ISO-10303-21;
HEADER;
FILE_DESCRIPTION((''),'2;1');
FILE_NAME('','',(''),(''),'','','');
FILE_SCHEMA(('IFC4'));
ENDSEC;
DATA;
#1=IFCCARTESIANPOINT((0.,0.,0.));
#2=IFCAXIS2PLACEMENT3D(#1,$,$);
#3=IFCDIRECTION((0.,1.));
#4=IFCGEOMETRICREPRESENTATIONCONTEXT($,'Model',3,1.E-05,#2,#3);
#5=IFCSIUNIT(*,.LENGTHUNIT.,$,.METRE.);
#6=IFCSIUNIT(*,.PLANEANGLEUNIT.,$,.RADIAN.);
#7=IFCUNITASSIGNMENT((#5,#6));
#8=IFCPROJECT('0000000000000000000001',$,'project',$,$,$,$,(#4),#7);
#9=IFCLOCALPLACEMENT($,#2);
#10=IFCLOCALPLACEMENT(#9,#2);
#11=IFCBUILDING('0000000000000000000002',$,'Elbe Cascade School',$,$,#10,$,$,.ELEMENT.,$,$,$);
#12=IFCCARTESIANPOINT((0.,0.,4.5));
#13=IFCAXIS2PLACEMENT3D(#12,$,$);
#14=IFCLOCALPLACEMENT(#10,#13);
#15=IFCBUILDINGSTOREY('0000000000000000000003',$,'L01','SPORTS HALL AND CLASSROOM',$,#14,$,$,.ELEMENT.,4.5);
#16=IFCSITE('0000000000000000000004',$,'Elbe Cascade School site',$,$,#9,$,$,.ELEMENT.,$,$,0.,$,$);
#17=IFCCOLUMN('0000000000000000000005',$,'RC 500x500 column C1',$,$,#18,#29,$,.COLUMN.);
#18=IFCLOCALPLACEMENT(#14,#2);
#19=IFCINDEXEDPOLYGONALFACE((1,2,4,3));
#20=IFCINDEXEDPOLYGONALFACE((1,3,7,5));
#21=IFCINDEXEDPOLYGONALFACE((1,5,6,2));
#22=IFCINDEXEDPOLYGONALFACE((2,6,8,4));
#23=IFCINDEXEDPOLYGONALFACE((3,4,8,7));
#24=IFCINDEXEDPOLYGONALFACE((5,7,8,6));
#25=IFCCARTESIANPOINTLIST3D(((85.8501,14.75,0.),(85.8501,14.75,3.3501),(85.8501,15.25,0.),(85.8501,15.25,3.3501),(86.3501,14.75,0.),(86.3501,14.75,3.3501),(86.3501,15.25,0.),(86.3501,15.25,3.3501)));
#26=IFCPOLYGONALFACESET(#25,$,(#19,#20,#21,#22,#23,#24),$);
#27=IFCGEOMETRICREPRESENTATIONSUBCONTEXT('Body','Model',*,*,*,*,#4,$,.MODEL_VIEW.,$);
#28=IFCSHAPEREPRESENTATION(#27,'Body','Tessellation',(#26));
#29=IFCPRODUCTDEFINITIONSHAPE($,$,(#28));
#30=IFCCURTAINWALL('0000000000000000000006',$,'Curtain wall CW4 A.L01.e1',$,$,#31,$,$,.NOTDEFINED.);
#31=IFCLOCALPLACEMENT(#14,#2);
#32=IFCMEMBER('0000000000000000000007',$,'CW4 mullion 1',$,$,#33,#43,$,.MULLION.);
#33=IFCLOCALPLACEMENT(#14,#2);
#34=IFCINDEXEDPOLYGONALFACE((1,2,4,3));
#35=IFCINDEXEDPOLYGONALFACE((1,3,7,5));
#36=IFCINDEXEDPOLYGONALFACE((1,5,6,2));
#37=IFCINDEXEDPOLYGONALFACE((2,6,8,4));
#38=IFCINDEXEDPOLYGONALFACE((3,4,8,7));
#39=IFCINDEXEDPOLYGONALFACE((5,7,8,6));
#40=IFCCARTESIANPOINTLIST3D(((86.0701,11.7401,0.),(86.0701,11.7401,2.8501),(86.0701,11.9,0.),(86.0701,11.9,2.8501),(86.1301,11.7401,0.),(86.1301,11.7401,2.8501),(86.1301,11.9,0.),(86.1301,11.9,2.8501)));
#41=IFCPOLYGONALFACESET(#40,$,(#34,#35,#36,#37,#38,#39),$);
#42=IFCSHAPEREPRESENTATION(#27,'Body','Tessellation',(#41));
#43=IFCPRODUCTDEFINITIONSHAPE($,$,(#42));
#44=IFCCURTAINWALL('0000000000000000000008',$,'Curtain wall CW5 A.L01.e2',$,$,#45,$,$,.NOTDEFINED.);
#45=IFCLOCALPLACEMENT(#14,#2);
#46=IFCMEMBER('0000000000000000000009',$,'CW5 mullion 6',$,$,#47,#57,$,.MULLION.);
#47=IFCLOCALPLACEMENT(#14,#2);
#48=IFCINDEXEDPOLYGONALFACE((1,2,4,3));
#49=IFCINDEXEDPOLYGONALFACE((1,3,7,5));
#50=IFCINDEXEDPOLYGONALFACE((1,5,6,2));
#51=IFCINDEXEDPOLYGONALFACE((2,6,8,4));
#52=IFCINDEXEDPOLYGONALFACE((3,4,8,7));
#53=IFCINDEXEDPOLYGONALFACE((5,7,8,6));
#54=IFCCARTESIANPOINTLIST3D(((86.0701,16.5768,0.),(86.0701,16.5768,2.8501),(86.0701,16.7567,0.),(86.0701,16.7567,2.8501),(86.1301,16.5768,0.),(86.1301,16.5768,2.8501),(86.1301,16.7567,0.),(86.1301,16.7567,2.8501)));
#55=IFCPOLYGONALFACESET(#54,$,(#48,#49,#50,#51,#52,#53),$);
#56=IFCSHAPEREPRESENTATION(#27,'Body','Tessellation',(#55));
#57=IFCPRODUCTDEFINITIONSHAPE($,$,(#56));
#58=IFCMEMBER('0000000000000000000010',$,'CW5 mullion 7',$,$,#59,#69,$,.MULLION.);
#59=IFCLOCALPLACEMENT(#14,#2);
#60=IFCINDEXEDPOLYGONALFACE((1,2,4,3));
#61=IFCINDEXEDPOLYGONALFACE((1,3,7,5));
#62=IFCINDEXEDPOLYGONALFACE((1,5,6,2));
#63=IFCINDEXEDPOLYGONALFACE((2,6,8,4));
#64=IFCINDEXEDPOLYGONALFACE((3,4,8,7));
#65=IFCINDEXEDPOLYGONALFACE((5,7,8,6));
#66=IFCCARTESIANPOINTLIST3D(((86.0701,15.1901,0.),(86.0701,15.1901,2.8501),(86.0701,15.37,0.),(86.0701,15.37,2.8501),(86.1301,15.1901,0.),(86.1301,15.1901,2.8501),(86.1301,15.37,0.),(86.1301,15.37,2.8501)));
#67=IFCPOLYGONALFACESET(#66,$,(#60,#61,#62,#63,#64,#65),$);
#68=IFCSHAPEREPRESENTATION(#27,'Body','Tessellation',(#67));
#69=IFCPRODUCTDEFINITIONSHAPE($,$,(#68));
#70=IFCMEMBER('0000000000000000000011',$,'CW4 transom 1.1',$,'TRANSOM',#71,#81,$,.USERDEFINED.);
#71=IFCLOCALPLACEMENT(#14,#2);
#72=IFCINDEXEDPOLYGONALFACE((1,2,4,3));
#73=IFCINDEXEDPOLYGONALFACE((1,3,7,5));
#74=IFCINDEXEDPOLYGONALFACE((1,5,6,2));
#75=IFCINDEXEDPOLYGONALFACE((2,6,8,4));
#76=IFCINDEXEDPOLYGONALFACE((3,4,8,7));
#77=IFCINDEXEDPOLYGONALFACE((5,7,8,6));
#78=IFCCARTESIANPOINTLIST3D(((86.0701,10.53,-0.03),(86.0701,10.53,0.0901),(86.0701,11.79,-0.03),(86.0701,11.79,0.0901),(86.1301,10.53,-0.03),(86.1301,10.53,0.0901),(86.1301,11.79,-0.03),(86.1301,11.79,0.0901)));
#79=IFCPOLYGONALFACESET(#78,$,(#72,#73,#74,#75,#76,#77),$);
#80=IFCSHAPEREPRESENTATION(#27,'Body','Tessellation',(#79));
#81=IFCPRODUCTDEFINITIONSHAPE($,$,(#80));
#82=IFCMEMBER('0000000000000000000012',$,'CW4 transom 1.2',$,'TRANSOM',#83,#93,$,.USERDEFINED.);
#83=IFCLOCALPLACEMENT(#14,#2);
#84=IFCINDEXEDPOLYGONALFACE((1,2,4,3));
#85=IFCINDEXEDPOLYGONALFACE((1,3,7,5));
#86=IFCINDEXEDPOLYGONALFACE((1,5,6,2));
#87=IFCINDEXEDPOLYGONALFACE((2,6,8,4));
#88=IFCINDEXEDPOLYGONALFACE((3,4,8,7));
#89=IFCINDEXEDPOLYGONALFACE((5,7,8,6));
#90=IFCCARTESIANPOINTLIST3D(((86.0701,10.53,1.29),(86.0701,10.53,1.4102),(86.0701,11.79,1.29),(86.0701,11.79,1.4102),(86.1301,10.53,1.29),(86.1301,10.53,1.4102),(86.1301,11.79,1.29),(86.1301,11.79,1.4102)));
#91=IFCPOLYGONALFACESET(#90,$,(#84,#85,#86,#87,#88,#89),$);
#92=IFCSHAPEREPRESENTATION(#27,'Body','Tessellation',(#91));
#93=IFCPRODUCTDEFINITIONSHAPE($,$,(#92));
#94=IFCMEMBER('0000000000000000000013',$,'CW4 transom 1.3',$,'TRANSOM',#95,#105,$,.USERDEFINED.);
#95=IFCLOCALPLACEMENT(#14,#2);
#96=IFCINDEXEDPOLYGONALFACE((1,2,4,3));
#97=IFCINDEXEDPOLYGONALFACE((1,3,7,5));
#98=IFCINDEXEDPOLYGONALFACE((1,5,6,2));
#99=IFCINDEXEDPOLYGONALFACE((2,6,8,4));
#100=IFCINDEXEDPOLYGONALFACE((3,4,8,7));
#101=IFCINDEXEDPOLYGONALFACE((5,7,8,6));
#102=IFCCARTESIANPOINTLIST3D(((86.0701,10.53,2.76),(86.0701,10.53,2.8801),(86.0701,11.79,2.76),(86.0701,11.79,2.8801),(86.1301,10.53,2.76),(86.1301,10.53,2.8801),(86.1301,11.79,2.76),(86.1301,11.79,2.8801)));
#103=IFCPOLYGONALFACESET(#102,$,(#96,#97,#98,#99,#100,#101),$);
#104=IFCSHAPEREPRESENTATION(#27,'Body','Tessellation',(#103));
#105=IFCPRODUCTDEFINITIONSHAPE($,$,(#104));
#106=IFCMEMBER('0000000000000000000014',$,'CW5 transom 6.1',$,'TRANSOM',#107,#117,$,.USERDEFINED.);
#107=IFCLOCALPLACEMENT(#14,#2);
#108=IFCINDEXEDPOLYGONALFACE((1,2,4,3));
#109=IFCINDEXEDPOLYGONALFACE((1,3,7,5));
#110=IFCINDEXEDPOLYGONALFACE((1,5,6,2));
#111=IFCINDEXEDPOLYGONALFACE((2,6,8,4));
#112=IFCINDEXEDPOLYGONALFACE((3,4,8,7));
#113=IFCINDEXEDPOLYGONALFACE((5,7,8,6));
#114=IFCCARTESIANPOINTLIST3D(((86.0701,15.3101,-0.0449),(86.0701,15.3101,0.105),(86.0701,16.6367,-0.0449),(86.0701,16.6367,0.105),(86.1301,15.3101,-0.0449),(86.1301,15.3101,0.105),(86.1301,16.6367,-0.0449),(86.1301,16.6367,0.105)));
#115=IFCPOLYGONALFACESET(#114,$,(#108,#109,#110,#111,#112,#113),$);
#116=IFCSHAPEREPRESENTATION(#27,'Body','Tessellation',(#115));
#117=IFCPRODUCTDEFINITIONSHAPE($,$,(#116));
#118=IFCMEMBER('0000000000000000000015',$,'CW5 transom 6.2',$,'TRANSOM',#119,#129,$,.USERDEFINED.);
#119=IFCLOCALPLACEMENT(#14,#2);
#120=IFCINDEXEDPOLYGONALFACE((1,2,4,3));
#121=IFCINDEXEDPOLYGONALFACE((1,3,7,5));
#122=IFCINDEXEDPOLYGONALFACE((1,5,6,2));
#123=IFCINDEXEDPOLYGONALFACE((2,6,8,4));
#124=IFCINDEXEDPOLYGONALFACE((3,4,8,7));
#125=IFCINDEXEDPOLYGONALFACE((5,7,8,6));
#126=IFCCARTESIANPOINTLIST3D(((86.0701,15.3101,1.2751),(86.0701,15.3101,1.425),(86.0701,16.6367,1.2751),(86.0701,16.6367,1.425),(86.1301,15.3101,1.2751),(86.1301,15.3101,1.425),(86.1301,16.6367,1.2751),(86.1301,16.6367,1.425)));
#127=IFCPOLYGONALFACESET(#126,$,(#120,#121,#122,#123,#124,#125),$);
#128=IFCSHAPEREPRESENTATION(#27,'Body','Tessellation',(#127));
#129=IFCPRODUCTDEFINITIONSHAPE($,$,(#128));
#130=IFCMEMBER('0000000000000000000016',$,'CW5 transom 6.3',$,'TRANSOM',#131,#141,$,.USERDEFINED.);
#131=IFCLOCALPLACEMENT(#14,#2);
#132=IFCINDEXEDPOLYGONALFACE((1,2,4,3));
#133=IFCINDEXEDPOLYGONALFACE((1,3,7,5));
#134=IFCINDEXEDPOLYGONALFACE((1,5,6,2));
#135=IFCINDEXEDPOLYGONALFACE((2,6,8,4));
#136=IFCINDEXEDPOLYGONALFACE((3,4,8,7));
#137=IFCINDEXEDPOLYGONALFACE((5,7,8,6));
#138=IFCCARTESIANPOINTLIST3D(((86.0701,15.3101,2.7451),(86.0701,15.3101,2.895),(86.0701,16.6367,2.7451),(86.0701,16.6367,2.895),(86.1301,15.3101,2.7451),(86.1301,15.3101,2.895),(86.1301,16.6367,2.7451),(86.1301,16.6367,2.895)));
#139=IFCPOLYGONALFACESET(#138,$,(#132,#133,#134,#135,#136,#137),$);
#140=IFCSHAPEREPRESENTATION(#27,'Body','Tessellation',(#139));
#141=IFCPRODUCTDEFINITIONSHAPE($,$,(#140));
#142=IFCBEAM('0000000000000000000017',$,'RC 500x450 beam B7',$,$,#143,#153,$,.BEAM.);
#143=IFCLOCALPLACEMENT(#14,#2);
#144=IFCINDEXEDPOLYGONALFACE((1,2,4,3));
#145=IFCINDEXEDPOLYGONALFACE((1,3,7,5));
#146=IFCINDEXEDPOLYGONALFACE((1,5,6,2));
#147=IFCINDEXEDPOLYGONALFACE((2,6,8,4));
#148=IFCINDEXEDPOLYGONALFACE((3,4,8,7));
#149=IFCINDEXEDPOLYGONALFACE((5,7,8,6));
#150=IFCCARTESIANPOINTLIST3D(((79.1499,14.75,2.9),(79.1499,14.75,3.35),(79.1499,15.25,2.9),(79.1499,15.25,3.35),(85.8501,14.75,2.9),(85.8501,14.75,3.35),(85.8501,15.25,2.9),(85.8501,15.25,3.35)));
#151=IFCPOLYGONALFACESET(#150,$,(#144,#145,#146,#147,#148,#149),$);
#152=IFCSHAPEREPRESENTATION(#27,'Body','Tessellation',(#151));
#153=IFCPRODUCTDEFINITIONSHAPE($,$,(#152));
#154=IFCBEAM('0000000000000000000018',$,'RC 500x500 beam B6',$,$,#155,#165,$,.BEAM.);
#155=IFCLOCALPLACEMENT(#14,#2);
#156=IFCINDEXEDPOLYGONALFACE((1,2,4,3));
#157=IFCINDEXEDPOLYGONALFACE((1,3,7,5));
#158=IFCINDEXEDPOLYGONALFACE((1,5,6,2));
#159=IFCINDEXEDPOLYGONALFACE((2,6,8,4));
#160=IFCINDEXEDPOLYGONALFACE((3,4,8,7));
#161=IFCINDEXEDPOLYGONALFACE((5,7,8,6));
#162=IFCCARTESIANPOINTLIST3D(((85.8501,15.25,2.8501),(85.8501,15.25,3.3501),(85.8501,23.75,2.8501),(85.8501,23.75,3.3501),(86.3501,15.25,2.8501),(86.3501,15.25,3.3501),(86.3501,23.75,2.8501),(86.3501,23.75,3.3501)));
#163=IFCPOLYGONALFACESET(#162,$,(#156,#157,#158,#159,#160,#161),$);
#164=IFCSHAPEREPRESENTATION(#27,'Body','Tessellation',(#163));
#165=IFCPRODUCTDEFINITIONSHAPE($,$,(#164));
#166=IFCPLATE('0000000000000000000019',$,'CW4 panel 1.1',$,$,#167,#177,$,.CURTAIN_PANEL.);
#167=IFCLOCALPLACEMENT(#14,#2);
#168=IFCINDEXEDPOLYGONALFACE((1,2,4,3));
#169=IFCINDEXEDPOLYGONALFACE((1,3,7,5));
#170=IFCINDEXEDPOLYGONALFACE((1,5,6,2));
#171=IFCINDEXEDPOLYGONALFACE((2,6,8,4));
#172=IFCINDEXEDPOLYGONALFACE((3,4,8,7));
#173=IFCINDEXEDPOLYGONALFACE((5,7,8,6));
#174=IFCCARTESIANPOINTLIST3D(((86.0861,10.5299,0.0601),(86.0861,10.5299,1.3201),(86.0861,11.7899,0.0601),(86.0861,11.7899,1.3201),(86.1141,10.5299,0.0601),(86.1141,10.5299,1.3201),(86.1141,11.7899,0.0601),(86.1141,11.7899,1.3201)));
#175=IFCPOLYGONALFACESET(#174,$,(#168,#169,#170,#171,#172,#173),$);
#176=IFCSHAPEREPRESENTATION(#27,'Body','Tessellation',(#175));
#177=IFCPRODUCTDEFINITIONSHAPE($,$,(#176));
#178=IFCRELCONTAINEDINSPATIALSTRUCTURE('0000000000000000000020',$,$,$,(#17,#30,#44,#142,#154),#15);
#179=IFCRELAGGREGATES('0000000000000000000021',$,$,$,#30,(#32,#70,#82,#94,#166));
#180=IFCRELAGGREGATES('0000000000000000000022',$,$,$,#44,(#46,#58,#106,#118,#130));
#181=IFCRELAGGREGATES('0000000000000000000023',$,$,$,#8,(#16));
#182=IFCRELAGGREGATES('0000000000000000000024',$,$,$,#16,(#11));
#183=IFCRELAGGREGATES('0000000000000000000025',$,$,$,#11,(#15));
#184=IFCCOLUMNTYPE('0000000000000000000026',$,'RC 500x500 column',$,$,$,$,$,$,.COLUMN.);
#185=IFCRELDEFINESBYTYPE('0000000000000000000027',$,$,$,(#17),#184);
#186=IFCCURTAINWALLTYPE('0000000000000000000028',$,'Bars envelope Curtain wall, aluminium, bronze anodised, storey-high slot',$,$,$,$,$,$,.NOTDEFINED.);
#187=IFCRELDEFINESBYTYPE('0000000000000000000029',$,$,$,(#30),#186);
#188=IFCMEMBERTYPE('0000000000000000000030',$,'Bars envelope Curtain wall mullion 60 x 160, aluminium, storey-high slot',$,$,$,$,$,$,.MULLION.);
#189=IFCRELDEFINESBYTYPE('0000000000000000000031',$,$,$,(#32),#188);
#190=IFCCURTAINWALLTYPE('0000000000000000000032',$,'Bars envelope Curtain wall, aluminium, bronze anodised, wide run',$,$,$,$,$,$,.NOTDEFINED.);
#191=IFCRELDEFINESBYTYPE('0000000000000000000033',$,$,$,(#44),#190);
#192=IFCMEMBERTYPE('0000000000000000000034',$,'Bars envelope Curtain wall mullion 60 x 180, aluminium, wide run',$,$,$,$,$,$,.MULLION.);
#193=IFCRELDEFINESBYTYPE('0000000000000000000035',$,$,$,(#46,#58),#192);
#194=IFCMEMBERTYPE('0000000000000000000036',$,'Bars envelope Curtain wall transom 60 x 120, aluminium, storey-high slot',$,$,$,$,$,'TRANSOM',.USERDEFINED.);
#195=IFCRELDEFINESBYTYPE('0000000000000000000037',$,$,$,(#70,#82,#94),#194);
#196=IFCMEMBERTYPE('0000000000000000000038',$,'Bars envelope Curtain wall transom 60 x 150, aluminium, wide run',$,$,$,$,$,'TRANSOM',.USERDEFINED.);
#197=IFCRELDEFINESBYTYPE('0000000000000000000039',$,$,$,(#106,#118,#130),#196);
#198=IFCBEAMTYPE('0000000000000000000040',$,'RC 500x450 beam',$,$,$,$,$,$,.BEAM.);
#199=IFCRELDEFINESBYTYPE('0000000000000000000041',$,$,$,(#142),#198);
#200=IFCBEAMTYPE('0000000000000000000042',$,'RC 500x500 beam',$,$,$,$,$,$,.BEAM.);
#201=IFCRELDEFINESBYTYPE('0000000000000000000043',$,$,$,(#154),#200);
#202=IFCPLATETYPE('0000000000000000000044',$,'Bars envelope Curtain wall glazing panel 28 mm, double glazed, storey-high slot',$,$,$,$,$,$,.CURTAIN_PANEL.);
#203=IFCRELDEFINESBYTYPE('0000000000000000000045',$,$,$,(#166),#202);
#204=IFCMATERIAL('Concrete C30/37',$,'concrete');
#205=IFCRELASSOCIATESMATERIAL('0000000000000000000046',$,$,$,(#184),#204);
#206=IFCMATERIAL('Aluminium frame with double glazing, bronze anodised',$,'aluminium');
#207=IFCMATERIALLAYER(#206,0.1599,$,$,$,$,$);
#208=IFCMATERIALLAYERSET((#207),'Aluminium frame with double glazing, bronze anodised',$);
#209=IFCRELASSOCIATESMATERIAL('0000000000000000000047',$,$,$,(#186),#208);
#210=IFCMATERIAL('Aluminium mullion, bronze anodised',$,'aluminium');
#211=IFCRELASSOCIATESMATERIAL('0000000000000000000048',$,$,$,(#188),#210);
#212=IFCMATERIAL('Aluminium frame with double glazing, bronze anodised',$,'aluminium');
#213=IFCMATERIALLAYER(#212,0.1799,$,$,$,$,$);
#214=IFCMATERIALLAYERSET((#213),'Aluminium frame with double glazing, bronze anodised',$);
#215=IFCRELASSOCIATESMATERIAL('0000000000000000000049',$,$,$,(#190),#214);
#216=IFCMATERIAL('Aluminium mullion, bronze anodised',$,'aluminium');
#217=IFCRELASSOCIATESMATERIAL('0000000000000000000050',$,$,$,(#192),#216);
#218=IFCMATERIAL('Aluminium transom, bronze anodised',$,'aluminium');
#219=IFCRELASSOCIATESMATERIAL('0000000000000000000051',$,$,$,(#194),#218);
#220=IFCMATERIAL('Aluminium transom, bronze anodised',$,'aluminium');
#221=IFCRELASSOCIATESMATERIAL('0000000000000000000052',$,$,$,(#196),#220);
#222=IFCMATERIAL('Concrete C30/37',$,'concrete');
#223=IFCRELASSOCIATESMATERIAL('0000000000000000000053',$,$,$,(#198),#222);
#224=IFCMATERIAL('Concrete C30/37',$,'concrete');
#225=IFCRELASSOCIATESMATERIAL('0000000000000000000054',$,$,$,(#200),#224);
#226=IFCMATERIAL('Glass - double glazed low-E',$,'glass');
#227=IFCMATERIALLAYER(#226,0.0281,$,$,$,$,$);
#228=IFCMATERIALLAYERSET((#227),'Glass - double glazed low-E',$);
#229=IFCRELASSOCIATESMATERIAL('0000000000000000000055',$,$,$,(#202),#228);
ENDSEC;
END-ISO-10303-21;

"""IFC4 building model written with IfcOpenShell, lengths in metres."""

from ifc_helpers import new_model, si_unit, direction, frame, origin, origin_2d, place, context, subcontext, project, spatial, rectangle, extrude, material, layer, layer_set, material_profile, profile_set, type_object, element, aggregate, save


model = new_model("IFC4")

# Units and contexts
model_context = context("Model", 3, precision=1e-05, world=origin(), true_north=direction((0.0, 1.0)))
body_context = subcontext(model_context, "Body", "Model", "MODEL_VIEW")
ifc_project = project(units=[si_unit("LENGTHUNIT", "METRE"), si_unit("PLANEANGLEUNIT", "RADIAN")], contexts=[model_context])

# Site, building, storey
site_placement = place(None, origin())
site = spatial("IfcSite", under=ifc_project, at=site_placement, Name="Elbe Cascade School site", CompositionType="ELEMENT", RefElevation=0.0)
building_placement = place(site_placement, origin())
building = spatial("IfcBuilding", under=site, at=building_placement, Name="Elbe Cascade School", CompositionType="ELEMENT")
storey_placement = place(building_placement, frame((0.0, 0.0, 4.5)))
storey = spatial("IfcBuildingStorey", under=building, at=storey_placement, Name="L01", Description="SPORTS HALL AND CLASSROOM", CompositionType="ELEMENT", Elevation=4.5)

# Column
ifc_material_1 = material(Name="Concrete C30/37", Category="concrete")
ifc_material_profile_1 = material_profile(ifc_material_1, rectangle(XDim=0.5, YDim=0.5, at=origin_2d()), Name="RC 500x500")
ifc_profile_set_1 = profile_set([ifc_material_profile_1], Name="Concrete C30/37")
column_type = type_object("IfcColumnType", Name="RC 500x500 column", PredefinedType="COLUMN", material=ifc_profile_set_1)
column_placement = place(storey_placement, frame((86.1001, 15.0, 0.0), z_axis=(0.0, 0.0, 1.0), x_axis=(1.0, 0.0, 0.0)))
element("IfcColumn", 1, at=column_placement, inside=storey, type_object=column_type, Name="RC 500x500 column C1", PredefinedType="COLUMN", context=body_context, shape_type="SweptSolid", body=[
    extrude(rectangle(XDim=0.5, YDim=0.5, at=origin_2d()), origin(), (0.0, 0.0, 1.0), 3.3501),
])

# Curtain wall, member
ifc_material_2 = material(Name="Aluminium frame with double glazing, bronze anodised", Category="aluminium")
ifc_layer_1 = layer(ifc_material_2, 0.1599)
ifc_layer_set_1 = layer_set([ifc_layer_1], Name="Aluminium frame with double glazing, bronze anodised")
curtain_wall_type_1 = type_object("IfcCurtainWallType", Name="Bars envelope Curtain wall, aluminium, bronze anodised, storey-high slot", PredefinedType="NOTDEFINED", material=ifc_layer_set_1)
curtain_wall_1_placement = place(storey_placement, origin())
curtain_wall_1 = element("IfcCurtainWall", 2, at=curtain_wall_1_placement, inside=storey, type_object=curtain_wall_type_1, Name="Curtain wall CW4 A.L01.e1", PredefinedType="NOTDEFINED")
ifc_material_3 = material(Name="Aluminium mullion, bronze anodised", Category="aluminium")
ifc_material_profile_2 = material_profile(ifc_material_3, rectangle(XDim=0.0601, YDim=0.1599, at=origin_2d()), Name="Bars envelope Curtain wall mullion 60 x 160, aluminium, storey-high slot")
ifc_profile_set_2 = profile_set([ifc_material_profile_2], Name="Aluminium mullion, bronze anodised")
member_type_1 = type_object("IfcMemberType", Name="Bars envelope Curtain wall mullion 60 x 160, aluminium, storey-high slot", PredefinedType="MULLION", material=ifc_profile_set_2)
member_1_placement = place(storey_placement, frame((86.1001, 11.8201, 0.0), z_axis=(0.0, 0.0, 1.0), x_axis=(1.0, 0.0, 0.0)))
member_1 = element("IfcMember", 3, at=member_1_placement, type_object=member_type_1, Name="CW4 mullion 1", PredefinedType="MULLION", context=body_context, shape_type="SweptSolid", body=[
    extrude(rectangle(XDim=0.0601, YDim=0.1599, at=origin_2d()), origin(), (0.0, 0.0, 1.0), 2.8501),
])

# Curtain wall, members
ifc_material_4 = material(Name="Aluminium frame with double glazing, bronze anodised", Category="aluminium")
ifc_layer_2 = layer(ifc_material_4, 0.1799)
ifc_layer_set_2 = layer_set([ifc_layer_2], Name="Aluminium frame with double glazing, bronze anodised")
curtain_wall_type_2 = type_object("IfcCurtainWallType", Name="Bars envelope Curtain wall, aluminium, bronze anodised, wide run", PredefinedType="NOTDEFINED", material=ifc_layer_set_2)
curtain_wall_2_placement = place(storey_placement, origin())
curtain_wall_2 = element("IfcCurtainWall", 4, at=curtain_wall_2_placement, inside=storey, type_object=curtain_wall_type_2, Name="Curtain wall CW5 A.L01.e2", PredefinedType="NOTDEFINED")
ifc_material_5 = material(Name="Aluminium mullion, bronze anodised", Category="aluminium")
ifc_material_profile_3 = material_profile(ifc_material_5, rectangle(XDim=0.0601, YDim=0.1799, at=origin_2d()), Name="Bars envelope Curtain wall mullion 60 x 180, aluminium, wide run")
ifc_profile_set_3 = profile_set([ifc_material_profile_3], Name="Aluminium mullion, bronze anodised")
member_type_2 = type_object("IfcMemberType", Name="Bars envelope Curtain wall mullion 60 x 180, aluminium, wide run", PredefinedType="MULLION", material=ifc_profile_set_3)
member_2_placement = place(storey_placement, frame((86.1001, 16.6667, 0.0), z_axis=(0.0, 0.0, 1.0), x_axis=(1.0, 0.0, 0.0)))
member_2 = element("IfcMember", 5, at=member_2_placement, type_object=member_type_2, Name="CW5 mullion 6", PredefinedType="MULLION", context=body_context, shape_type="SweptSolid", body=[
    extrude(rectangle(XDim=0.0601, YDim=0.1799, at=origin_2d()), origin(), (0.0, 0.0, 1.0), 2.8501),
])
member_3_placement = place(storey_placement, frame((86.1001, 15.28, 0.0), z_axis=(0.0, 0.0, 1.0), x_axis=(1.0, 0.0, 0.0)))
member_3 = element("IfcMember", 6, at=member_3_placement, type_object=member_type_2, Name="CW5 mullion 7", PredefinedType="MULLION", context=body_context, shape_type="SweptSolid", body=[
    extrude(rectangle(XDim=0.0601, YDim=0.1799, at=origin_2d()), origin(), (0.0, 0.0, 1.0), 2.8501),
])

# Members
ifc_material_6 = material(Name="Aluminium transom, bronze anodised", Category="aluminium")
ifc_material_profile_4 = material_profile(ifc_material_6, rectangle(XDim=0.0601, YDim=0.1201, at=origin_2d()), Name="Bars envelope Curtain wall transom 60 x 120, aluminium, storey-high slot")
ifc_profile_set_4 = profile_set([ifc_material_profile_4], Name="Aluminium transom, bronze anodised")
member_type_3 = type_object("IfcMemberType", Name="Bars envelope Curtain wall transom 60 x 120, aluminium, storey-high slot", ElementType="TRANSOM", PredefinedType="USERDEFINED", material=ifc_profile_set_4)
member_4_placement = place(storey_placement, frame((86.1001, 11.79, 0.03), z_axis=(0.0, -1.0, 0.0), x_axis=(1.0, 0.0, 0.0)))
member_4 = element("IfcMember", 7, at=member_4_placement, type_object=member_type_3, Name="CW4 transom 1.1", ObjectType="TRANSOM", PredefinedType="USERDEFINED", context=body_context, shape_type="SweptSolid", body=[
    extrude(rectangle(XDim=0.0601, YDim=0.1201, at=origin_2d()), origin(), (0.0, 0.0, 1.0), 1.26),
])
member_5_placement = place(storey_placement, frame((86.1001, 11.79, 1.3501), z_axis=(0.0, -1.0, 0.0), x_axis=(1.0, 0.0, 0.0)))
member_5 = element("IfcMember", 8, at=member_5_placement, type_object=member_type_3, Name="CW4 transom 1.2", ObjectType="TRANSOM", PredefinedType="USERDEFINED", context=body_context, shape_type="SweptSolid", body=[
    extrude(rectangle(XDim=0.0601, YDim=0.1201, at=origin_2d()), origin(), (0.0, 0.0, 1.0), 1.26),
])
member_6_placement = place(storey_placement, frame((86.1001, 11.79, 2.8201), z_axis=(0.0, -1.0, 0.0), x_axis=(1.0, 0.0, 0.0)))
member_6 = element("IfcMember", 9, at=member_6_placement, type_object=member_type_3, Name="CW4 transom 1.3", ObjectType="TRANSOM", PredefinedType="USERDEFINED", context=body_context, shape_type="SweptSolid", body=[
    extrude(rectangle(XDim=0.0601, YDim=0.1201, at=origin_2d()), origin(), (0.0, 0.0, 1.0), 1.26),
])
ifc_material_7 = material(Name="Aluminium transom, bronze anodised", Category="aluminium")
ifc_material_profile_5 = material_profile(ifc_material_7, rectangle(XDim=0.0601, YDim=0.1499, at=origin_2d()), Name="Bars envelope Curtain wall transom 60 x 150, aluminium, wide run")
ifc_profile_set_5 = profile_set([ifc_material_profile_5], Name="Aluminium transom, bronze anodised")
member_type_4 = type_object("IfcMemberType", Name="Bars envelope Curtain wall transom 60 x 150, aluminium, wide run", ElementType="TRANSOM", PredefinedType="USERDEFINED", material=ifc_profile_set_5)
member_7_placement = place(storey_placement, frame((86.1001, 16.6367, 0.03), z_axis=(0.0, -1.0, 0.0), x_axis=(1.0, 0.0, 0.0)))
member_7 = element("IfcMember", 10, at=member_7_placement, type_object=member_type_4, Name="CW5 transom 6.1", ObjectType="TRANSOM", PredefinedType="USERDEFINED", context=body_context, shape_type="SweptSolid", body=[
    extrude(rectangle(XDim=0.0601, YDim=0.1499, at=origin_2d()), origin(), (0.0, 0.0, 1.0), 1.3267),
])
member_8_placement = place(storey_placement, frame((86.1001, 16.6367, 1.3501), z_axis=(0.0, -1.0, 0.0), x_axis=(1.0, 0.0, 0.0)))
member_8 = element("IfcMember", 11, at=member_8_placement, type_object=member_type_4, Name="CW5 transom 6.2", ObjectType="TRANSOM", PredefinedType="USERDEFINED", context=body_context, shape_type="SweptSolid", body=[
    extrude(rectangle(XDim=0.0601, YDim=0.1499, at=origin_2d()), origin(), (0.0, 0.0, 1.0), 1.3267),
])
member_9_placement = place(storey_placement, frame((86.1001, 16.6367, 2.8201), z_axis=(0.0, -1.0, 0.0), x_axis=(1.0, 0.0, 0.0)))
member_9 = element("IfcMember", 12, at=member_9_placement, type_object=member_type_4, Name="CW5 transom 6.3", ObjectType="TRANSOM", PredefinedType="USERDEFINED", context=body_context, shape_type="SweptSolid", body=[
    extrude(rectangle(XDim=0.0601, YDim=0.1499, at=origin_2d()), origin(), (0.0, 0.0, 1.0), 1.3267),
])

# Beams
ifc_material_8 = material(Name="Concrete C30/37", Category="concrete")
ifc_material_profile_6 = material_profile(ifc_material_8, rectangle(XDim=0.5, YDim=0.45, at=origin_2d()), Name="RC 500x450")
ifc_profile_set_6 = profile_set([ifc_material_profile_6], Name="Concrete C30/37")
beam_type_1 = type_object("IfcBeamType", Name="RC 500x450 beam", PredefinedType="BEAM", material=ifc_profile_set_6)
beam_1_placement = place(storey_placement, frame((79.1499, 15.0, 3.125), z_axis=(1.0, 0.0, 0.0), x_axis=(0.0, 1.0, 0.0)))
element("IfcBeam", 13, at=beam_1_placement, inside=storey, type_object=beam_type_1, Name="RC 500x450 beam B7", PredefinedType="BEAM", context=body_context, shape_type="SweptSolid", body=[
    extrude(rectangle(XDim=0.5, YDim=0.45, at=origin_2d()), origin(), (0.0, 0.0, 1.0), 6.7002),
])
ifc_material_9 = material(Name="Concrete C30/37", Category="concrete")
ifc_material_profile_7 = material_profile(ifc_material_9, rectangle(XDim=0.5, YDim=0.5, at=origin_2d()), Name="RC 500x500")
ifc_profile_set_7 = profile_set([ifc_material_profile_7], Name="Concrete C30/37")
beam_type_2 = type_object("IfcBeamType", Name="RC 500x500 beam", PredefinedType="BEAM", material=ifc_profile_set_7)
beam_2_placement = place(storey_placement, frame((86.1001, 15.25, 3.1001), z_axis=(0.0, 1.0, 0.0), x_axis=(-1.0, 0.0, 0.0)))
element("IfcBeam", 14, at=beam_2_placement, inside=storey, type_object=beam_type_2, Name="RC 500x500 beam B6", PredefinedType="BEAM", context=body_context, shape_type="SweptSolid", body=[
    extrude(rectangle(XDim=0.5, YDim=0.5, at=origin_2d()), origin(), (0.0, 0.0, 1.0), 8.5),
])

# Plate
ifc_material_10 = material(Name="Glass - double glazed low-E", Category="glass")
ifc_layer_3 = layer(ifc_material_10, 0.0281)
ifc_layer_set_3 = layer_set([ifc_layer_3], Name="Glass - double glazed low-E")
plate_type_1 = type_object("IfcPlateType", Name="Bars envelope Curtain wall glazing panel 28 mm, double glazed, storey-high slot", PredefinedType="CURTAIN_PANEL", material=ifc_layer_set_3)
plate_1_placement = place(storey_placement, frame((86.1001, 11.1599, 0.0601), z_axis=(0.0, 0.0, 1.0), x_axis=(0.0, -1.0, 0.0)))
plate_1 = element("IfcPlate", 15, at=plate_1_placement, type_object=plate_type_1, Name="CW4 panel 1.1", PredefinedType="CURTAIN_PANEL", context=body_context, shape_type="SweptSolid", body=[
    extrude(rectangle(XDim=1.26, YDim=0.0281, at=origin_2d()), origin(), (0.0, 0.0, 1.0), 1.26),
])
aggregate(curtain_wall_1, [member_1, member_4, member_5, member_6, plate_1])
aggregate(curtain_wall_2, [member_2, member_3, member_7, member_8, member_9])

save(model, "model.ifc")
